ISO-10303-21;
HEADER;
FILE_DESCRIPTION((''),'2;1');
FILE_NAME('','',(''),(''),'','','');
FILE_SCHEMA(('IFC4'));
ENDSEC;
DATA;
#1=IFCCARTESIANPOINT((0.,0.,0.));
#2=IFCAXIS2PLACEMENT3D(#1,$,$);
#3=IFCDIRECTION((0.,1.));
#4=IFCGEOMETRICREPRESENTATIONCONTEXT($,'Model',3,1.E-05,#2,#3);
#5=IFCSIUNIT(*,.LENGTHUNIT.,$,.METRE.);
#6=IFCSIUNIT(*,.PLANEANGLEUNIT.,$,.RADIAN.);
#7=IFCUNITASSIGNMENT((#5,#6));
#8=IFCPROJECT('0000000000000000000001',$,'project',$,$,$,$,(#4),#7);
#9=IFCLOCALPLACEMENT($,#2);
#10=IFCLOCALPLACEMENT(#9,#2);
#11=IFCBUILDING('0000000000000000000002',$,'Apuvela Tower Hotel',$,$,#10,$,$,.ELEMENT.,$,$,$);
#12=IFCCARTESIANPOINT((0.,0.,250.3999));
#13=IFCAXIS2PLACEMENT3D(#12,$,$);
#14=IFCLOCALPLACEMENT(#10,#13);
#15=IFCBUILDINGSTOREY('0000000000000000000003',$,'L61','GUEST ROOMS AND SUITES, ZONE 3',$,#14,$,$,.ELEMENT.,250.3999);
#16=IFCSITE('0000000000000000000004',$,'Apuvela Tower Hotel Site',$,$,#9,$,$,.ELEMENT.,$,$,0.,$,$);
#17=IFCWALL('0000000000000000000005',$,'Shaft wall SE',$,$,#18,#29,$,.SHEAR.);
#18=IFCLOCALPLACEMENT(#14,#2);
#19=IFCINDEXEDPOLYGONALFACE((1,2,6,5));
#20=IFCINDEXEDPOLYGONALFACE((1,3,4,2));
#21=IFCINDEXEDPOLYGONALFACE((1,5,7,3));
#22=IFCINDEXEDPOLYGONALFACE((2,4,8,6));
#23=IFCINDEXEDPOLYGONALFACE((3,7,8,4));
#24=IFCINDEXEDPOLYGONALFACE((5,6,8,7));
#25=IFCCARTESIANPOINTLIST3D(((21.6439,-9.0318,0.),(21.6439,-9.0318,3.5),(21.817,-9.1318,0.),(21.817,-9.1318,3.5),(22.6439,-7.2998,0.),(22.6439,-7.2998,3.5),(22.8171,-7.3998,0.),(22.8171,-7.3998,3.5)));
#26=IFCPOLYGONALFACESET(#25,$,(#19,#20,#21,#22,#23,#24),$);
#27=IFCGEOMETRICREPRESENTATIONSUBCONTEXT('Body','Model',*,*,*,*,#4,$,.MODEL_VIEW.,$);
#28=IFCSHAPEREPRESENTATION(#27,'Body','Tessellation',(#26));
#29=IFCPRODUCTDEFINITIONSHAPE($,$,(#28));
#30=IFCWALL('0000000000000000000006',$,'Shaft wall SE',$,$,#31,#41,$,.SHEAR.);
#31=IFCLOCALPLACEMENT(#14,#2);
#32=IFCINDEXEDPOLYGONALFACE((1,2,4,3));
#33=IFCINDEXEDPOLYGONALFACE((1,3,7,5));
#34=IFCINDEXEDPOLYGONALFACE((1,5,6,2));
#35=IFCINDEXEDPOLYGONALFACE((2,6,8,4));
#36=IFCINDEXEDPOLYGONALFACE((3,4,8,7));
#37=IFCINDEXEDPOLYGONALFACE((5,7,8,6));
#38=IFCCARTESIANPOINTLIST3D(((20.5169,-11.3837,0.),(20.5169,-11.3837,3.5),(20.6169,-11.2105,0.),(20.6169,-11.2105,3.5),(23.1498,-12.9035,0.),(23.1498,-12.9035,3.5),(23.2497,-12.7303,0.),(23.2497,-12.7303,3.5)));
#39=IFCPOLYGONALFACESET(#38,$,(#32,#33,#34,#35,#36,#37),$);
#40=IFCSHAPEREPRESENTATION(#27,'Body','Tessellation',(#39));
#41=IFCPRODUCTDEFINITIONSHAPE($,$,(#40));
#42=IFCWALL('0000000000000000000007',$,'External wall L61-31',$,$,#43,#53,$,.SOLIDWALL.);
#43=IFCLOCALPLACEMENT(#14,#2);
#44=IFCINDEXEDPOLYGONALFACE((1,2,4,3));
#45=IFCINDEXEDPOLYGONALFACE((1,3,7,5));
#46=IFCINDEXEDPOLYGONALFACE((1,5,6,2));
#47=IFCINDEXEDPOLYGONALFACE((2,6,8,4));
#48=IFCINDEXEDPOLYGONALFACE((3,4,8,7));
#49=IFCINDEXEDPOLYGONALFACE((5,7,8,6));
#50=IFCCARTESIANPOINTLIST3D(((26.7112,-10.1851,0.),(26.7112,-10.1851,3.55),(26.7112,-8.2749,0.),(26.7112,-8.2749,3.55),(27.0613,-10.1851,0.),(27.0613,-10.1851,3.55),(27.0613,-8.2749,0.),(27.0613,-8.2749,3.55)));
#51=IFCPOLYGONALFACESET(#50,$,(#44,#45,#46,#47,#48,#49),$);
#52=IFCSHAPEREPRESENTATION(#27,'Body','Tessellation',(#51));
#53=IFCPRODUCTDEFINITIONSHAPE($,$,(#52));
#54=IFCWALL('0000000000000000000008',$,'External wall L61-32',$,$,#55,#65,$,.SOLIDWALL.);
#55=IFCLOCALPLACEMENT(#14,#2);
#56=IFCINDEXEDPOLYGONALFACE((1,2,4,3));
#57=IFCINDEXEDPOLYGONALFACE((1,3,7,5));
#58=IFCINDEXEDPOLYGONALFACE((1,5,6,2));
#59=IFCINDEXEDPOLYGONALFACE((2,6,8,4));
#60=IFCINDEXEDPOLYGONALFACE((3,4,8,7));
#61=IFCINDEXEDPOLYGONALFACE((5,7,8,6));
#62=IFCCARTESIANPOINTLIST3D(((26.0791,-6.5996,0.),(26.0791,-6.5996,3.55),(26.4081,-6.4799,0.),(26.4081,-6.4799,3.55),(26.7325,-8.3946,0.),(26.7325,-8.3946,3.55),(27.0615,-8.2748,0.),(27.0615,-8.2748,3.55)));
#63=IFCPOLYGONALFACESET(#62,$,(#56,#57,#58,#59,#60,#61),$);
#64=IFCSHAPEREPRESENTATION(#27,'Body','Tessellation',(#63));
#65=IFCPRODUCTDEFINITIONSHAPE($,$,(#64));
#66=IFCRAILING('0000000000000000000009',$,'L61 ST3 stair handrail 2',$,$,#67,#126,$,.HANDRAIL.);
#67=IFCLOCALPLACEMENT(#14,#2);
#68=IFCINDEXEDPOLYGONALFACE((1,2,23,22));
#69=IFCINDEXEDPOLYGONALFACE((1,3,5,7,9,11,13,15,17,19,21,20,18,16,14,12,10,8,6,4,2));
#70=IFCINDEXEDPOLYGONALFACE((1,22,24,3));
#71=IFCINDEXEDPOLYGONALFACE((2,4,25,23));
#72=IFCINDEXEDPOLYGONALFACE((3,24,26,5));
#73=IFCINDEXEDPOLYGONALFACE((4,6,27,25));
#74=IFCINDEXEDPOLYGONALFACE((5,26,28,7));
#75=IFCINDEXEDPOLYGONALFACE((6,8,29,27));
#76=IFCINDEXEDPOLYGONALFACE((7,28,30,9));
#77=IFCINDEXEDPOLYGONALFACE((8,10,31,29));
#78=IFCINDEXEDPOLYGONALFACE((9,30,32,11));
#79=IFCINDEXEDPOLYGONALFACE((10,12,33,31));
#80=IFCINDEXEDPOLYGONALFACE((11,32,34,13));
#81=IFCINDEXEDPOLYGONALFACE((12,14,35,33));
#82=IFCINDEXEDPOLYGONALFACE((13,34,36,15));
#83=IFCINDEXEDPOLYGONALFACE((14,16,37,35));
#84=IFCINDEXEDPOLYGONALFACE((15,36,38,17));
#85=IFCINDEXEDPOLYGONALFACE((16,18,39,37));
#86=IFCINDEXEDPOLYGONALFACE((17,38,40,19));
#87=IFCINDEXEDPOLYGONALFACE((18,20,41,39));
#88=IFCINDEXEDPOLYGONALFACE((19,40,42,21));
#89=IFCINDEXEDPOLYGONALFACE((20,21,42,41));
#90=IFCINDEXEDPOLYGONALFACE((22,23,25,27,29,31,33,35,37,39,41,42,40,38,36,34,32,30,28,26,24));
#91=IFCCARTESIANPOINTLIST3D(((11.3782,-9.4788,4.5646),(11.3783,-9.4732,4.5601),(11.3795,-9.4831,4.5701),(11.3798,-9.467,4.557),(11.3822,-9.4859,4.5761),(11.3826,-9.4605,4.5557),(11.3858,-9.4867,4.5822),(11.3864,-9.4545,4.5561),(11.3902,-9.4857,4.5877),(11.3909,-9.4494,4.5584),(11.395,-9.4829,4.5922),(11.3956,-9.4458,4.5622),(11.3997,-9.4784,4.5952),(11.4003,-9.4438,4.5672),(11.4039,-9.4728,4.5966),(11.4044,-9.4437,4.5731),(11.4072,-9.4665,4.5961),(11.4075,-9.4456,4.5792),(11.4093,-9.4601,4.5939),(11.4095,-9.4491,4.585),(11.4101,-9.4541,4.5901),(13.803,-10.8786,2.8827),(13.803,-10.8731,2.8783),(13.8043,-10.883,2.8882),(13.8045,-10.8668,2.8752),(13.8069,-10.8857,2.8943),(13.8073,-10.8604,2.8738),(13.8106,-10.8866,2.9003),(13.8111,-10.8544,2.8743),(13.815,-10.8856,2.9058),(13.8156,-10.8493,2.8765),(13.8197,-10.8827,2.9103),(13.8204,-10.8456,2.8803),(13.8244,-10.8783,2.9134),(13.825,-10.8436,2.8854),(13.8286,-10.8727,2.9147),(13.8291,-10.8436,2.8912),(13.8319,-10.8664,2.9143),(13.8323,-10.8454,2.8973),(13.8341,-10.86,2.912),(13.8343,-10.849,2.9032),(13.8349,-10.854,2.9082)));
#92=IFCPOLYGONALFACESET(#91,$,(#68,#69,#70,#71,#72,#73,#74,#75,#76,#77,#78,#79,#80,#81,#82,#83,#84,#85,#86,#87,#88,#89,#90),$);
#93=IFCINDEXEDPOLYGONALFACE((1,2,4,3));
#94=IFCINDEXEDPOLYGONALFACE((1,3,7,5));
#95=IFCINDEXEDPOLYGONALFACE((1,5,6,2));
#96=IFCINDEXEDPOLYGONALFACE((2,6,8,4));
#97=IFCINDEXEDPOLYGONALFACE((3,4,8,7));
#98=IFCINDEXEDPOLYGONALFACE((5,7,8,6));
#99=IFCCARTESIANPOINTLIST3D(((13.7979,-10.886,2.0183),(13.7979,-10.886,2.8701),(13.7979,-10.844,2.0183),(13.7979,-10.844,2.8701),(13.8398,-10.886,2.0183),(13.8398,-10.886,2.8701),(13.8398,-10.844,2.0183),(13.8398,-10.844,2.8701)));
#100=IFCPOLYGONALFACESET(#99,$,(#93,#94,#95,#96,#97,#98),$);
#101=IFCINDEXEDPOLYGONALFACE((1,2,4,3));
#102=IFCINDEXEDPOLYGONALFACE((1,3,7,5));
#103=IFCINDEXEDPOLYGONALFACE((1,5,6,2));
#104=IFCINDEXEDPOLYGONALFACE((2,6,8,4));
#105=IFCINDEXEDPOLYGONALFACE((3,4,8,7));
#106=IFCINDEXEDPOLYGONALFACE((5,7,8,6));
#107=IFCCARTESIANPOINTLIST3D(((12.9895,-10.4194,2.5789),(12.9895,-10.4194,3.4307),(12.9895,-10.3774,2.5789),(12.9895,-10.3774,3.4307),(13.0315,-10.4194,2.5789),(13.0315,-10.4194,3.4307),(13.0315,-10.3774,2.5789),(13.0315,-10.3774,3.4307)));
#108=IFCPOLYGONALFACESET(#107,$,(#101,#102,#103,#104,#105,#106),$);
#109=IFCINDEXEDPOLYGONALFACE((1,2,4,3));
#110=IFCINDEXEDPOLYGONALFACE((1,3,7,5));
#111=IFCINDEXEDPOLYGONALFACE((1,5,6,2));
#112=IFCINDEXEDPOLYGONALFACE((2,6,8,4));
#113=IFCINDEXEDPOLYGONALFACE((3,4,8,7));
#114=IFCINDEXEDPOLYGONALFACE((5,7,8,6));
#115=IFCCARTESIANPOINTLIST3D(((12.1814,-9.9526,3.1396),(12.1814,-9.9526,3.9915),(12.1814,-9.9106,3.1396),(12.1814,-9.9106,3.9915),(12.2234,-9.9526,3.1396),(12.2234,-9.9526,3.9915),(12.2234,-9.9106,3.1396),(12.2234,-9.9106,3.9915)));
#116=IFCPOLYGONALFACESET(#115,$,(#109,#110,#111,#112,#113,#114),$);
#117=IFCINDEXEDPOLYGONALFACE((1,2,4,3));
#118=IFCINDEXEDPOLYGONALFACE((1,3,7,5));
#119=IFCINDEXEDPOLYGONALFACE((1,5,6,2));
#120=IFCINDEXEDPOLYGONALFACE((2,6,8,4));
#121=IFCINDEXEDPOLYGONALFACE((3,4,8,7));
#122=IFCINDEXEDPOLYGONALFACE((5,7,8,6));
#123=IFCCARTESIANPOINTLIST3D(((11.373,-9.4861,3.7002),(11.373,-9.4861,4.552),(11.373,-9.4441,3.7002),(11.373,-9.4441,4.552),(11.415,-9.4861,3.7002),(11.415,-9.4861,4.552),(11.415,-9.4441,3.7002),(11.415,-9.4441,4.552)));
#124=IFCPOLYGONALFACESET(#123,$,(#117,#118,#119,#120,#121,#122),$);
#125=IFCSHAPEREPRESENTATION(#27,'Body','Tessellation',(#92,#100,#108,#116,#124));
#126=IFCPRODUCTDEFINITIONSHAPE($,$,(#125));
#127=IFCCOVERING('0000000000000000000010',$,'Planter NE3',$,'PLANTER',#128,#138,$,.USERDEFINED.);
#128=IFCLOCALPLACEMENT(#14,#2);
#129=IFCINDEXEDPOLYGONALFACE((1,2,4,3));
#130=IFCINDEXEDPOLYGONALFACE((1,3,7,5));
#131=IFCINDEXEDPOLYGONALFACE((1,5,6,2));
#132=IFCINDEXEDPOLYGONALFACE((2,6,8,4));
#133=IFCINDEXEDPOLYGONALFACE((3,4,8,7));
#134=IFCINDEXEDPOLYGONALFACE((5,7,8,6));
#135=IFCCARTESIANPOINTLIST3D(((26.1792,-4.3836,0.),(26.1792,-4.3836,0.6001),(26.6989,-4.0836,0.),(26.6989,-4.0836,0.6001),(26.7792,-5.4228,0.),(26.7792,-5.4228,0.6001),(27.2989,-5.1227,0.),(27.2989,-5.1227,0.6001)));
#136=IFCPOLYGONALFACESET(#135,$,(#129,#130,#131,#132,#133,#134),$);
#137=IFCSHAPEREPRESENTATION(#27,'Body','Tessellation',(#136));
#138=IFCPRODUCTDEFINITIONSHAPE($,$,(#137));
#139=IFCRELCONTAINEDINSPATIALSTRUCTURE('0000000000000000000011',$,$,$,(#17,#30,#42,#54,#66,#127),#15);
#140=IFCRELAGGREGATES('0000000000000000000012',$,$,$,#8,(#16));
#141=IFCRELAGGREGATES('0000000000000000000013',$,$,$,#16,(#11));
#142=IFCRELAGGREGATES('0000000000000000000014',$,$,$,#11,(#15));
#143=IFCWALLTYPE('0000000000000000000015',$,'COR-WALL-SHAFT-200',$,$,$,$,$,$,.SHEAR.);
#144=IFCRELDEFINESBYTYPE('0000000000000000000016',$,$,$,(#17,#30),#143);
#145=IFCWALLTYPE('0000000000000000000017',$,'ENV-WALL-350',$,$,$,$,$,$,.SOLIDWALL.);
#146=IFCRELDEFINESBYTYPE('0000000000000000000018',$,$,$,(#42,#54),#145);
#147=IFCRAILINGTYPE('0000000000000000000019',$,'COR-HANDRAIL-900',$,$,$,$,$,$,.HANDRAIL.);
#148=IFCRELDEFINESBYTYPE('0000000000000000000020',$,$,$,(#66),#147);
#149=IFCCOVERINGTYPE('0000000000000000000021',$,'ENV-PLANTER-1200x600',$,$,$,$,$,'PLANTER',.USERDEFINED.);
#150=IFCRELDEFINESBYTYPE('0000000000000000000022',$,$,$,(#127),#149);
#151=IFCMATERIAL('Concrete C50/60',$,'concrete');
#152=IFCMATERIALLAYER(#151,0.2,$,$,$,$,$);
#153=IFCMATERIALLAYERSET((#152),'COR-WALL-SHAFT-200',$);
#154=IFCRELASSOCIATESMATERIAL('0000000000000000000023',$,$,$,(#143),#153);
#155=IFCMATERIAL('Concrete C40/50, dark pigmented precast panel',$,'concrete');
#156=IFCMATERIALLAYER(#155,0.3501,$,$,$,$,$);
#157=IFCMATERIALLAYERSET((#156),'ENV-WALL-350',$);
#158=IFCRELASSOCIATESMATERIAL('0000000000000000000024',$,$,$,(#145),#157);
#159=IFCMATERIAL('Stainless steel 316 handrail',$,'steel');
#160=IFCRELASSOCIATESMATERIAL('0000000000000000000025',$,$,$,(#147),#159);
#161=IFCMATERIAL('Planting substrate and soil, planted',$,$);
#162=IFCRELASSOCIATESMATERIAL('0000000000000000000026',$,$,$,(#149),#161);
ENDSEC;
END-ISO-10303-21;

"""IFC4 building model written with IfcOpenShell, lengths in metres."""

from ifc_helpers import new_model, si_unit, direction, frame, frame_2d, origin, origin_2d, place, context, subcontext, project, spatial, rectangle, circle, extrude, material, layer, layer_set, type_object, element, save


model = new_model("IFC4")

# Units and contexts
model_context = context("Model", 3, precision=1e-05, world=origin(), true_north=direction((0.0, 1.0)))
body_context = subcontext(model_context, "Body", "Model", "MODEL_VIEW")
ifc_project = project(units=[si_unit("LENGTHUNIT", "METRE"), si_unit("PLANEANGLEUNIT", "RADIAN")], contexts=[model_context])

# Site, building, storey
site_placement = place(None, origin())
site = spatial("IfcSite", under=ifc_project, at=site_placement, Name="Apuvela Tower Hotel Site", CompositionType="ELEMENT", RefElevation=0.0)
building_placement = place(site_placement, origin())
building = spatial("IfcBuilding", under=site, at=building_placement, Name="Apuvela Tower Hotel", CompositionType="ELEMENT")
storey_placement = place(building_placement, frame((0.0, 0.0, 250.3999)))
storey = spatial("IfcBuildingStorey", under=building, at=storey_placement, Name="L61", Description="GUEST ROOMS AND SUITES, ZONE 3", CompositionType="ELEMENT", Elevation=250.3999)

# Walls
ifc_material_1 = material(Name="Concrete C50/60", Category="concrete")
ifc_layer_1 = layer(ifc_material_1, 0.2)
ifc_layer_set_1 = layer_set([ifc_layer_1], Name="COR-WALL-SHAFT-200")
wall_type_1 = type_object("IfcWallType", Name="COR-WALL-SHAFT-200", PredefinedType="SHEAR", material=ifc_layer_set_1)
for number, where, z_axis, x_axis, name in (
    (1, (21.7305, -9.0818, 0.0), (0.0, 0.0, 1.0), (0.500025, 0.866011, 0.0), "Shaft wall SE"),
):
    element("IfcWall", number, at=place(storey_placement, frame(where, z_axis=z_axis, x_axis=x_axis)), inside=storey, type_object=wall_type_1, Name=name, PredefinedType="SHEAR", context=body_context, shape_type="SweptSolid", body=[
        extrude(rectangle(XDim=2.0, YDim=0.2, at=frame_2d((1.0, 0.0))), origin(), (0.0, 0.0, 1.0), 3.5),
    ])
wall_1_placement = place(storey_placement, frame((20.5669, -11.2971, 0.0), z_axis=(0.0, 0.0, 1.0), x_axis=(0.866065, -0.499931, 0.0)))
element("IfcWall", 2, at=wall_1_placement, inside=storey, type_object=wall_type_1, Name="Shaft wall SE", PredefinedType="SHEAR", context=body_context, shape_type="SweptSolid", body=[
    extrude(rectangle(XDim=3.04, YDim=0.2, at=frame_2d((1.52, 0.0))), origin(), (0.0, 0.0, 1.0), 3.5),
])
ifc_material_2 = material(Name="Concrete C40/50, dark pigmented precast panel", Category="concrete")
ifc_layer_2 = layer(ifc_material_2, 0.3501)
ifc_layer_set_2 = layer_set([ifc_layer_2], Name="ENV-WALL-350")
wall_type_2 = type_object("IfcWallType", Name="ENV-WALL-350", PredefinedType="SOLIDWALL", material=ifc_layer_set_2)
for number, where, z_axis, x_axis, name in (
    (3, (26.8862, -10.1851, 0.0), (0.0, 0.0, 1.0), (0.0, 1.0, 0.0), "External wall L61-31"),
    (4, (26.897, -8.3347, 0.0), (0.0, 0.0, 1.0), (-0.34203, 0.939689, 0.0), "External wall L61-32"),
):
    element("IfcWall", number, at=place(storey_placement, frame(where, z_axis=z_axis, x_axis=x_axis)), inside=storey, type_object=wall_type_2, Name=name, PredefinedType="SOLIDWALL", context=body_context, shape_type="SweptSolid", body=[
        extrude(rectangle(XDim=1.9102, YDim=0.3501, at=frame_2d((0.9551, 0.0))), origin(), (0.0, 0.0, 1.0), 3.55),
    ])

# Railing
ifc_material_3 = material(Name="Stainless steel 316 handrail", Category="steel")
railing_type_1 = type_object("IfcRailingType", Name="COR-HANDRAIL-900", PredefinedType="HANDRAIL", material=ifc_material_3)
railing_1_placement = place(storey_placement, frame((13.8188, -10.865, 2.0183)))
element("IfcRailing", 5, at=railing_1_placement, inside=storey, type_object=railing_type_1, Name="L61 ST3 stair handrail 2", PredefinedType="HANDRAIL", context=body_context, shape_type="SweptSolid", body=[
    extrude(circle(Radius=0.0239, at=origin_2d()), frame((0.0, 0.0, 0.876), z_axis=(-0.74239, 0.428601, 0.514934), x_axis=(-0.499984, -0.866035, 0.0)), (0.0, 0.0, 1.0), 3.2661),
    extrude(rectangle(XDim=0.042, YDim=0.042, at=origin_2d()), origin(), (0.0, 0.0, 1.0), 0.8518),
    extrude(rectangle(XDim=0.042, YDim=0.042, at=origin_2d()), frame((-0.8083, 0.4666, 0.5605)), (0.0, 0.0, 1.0), 0.8518),
    extrude(rectangle(XDim=0.042, YDim=0.042, at=origin_2d()), frame((-1.6165, 0.9333, 1.1213)), (0.0, 0.0, 1.0), 0.8518),
    extrude(rectangle(XDim=0.042, YDim=0.042, at=origin_2d()), frame((-2.4248, 1.3999, 1.6819)), (0.0, 0.0, 1.0), 0.8518),
])

# Covering
ifc_material_4 = material(Name="Planting substrate and soil, planted")
covering_type = type_object("IfcCoveringType", Name="ENV-PLANTER-1200x600", ElementType="PLANTER", PredefinedType="USERDEFINED", material=ifc_material_4)
covering_placement = place(storey_placement, frame((26.739, -4.7532, 0.0), z_axis=(0.0, 0.0, 1.0), x_axis=(-0.5, 0.866025, 0.0)))
element("IfcCovering", 6, at=covering_placement, inside=storey, type_object=covering_type, Name="Planter NE3", ObjectType="PLANTER", PredefinedType="USERDEFINED", context=body_context, shape_type="SweptSolid", body=[
    extrude(rectangle(XDim=1.2, YDim=0.6001, at=origin_2d()), origin(), (0.0, 0.0, 1.0), 0.6001),
])

save(model, "model.ifc")
